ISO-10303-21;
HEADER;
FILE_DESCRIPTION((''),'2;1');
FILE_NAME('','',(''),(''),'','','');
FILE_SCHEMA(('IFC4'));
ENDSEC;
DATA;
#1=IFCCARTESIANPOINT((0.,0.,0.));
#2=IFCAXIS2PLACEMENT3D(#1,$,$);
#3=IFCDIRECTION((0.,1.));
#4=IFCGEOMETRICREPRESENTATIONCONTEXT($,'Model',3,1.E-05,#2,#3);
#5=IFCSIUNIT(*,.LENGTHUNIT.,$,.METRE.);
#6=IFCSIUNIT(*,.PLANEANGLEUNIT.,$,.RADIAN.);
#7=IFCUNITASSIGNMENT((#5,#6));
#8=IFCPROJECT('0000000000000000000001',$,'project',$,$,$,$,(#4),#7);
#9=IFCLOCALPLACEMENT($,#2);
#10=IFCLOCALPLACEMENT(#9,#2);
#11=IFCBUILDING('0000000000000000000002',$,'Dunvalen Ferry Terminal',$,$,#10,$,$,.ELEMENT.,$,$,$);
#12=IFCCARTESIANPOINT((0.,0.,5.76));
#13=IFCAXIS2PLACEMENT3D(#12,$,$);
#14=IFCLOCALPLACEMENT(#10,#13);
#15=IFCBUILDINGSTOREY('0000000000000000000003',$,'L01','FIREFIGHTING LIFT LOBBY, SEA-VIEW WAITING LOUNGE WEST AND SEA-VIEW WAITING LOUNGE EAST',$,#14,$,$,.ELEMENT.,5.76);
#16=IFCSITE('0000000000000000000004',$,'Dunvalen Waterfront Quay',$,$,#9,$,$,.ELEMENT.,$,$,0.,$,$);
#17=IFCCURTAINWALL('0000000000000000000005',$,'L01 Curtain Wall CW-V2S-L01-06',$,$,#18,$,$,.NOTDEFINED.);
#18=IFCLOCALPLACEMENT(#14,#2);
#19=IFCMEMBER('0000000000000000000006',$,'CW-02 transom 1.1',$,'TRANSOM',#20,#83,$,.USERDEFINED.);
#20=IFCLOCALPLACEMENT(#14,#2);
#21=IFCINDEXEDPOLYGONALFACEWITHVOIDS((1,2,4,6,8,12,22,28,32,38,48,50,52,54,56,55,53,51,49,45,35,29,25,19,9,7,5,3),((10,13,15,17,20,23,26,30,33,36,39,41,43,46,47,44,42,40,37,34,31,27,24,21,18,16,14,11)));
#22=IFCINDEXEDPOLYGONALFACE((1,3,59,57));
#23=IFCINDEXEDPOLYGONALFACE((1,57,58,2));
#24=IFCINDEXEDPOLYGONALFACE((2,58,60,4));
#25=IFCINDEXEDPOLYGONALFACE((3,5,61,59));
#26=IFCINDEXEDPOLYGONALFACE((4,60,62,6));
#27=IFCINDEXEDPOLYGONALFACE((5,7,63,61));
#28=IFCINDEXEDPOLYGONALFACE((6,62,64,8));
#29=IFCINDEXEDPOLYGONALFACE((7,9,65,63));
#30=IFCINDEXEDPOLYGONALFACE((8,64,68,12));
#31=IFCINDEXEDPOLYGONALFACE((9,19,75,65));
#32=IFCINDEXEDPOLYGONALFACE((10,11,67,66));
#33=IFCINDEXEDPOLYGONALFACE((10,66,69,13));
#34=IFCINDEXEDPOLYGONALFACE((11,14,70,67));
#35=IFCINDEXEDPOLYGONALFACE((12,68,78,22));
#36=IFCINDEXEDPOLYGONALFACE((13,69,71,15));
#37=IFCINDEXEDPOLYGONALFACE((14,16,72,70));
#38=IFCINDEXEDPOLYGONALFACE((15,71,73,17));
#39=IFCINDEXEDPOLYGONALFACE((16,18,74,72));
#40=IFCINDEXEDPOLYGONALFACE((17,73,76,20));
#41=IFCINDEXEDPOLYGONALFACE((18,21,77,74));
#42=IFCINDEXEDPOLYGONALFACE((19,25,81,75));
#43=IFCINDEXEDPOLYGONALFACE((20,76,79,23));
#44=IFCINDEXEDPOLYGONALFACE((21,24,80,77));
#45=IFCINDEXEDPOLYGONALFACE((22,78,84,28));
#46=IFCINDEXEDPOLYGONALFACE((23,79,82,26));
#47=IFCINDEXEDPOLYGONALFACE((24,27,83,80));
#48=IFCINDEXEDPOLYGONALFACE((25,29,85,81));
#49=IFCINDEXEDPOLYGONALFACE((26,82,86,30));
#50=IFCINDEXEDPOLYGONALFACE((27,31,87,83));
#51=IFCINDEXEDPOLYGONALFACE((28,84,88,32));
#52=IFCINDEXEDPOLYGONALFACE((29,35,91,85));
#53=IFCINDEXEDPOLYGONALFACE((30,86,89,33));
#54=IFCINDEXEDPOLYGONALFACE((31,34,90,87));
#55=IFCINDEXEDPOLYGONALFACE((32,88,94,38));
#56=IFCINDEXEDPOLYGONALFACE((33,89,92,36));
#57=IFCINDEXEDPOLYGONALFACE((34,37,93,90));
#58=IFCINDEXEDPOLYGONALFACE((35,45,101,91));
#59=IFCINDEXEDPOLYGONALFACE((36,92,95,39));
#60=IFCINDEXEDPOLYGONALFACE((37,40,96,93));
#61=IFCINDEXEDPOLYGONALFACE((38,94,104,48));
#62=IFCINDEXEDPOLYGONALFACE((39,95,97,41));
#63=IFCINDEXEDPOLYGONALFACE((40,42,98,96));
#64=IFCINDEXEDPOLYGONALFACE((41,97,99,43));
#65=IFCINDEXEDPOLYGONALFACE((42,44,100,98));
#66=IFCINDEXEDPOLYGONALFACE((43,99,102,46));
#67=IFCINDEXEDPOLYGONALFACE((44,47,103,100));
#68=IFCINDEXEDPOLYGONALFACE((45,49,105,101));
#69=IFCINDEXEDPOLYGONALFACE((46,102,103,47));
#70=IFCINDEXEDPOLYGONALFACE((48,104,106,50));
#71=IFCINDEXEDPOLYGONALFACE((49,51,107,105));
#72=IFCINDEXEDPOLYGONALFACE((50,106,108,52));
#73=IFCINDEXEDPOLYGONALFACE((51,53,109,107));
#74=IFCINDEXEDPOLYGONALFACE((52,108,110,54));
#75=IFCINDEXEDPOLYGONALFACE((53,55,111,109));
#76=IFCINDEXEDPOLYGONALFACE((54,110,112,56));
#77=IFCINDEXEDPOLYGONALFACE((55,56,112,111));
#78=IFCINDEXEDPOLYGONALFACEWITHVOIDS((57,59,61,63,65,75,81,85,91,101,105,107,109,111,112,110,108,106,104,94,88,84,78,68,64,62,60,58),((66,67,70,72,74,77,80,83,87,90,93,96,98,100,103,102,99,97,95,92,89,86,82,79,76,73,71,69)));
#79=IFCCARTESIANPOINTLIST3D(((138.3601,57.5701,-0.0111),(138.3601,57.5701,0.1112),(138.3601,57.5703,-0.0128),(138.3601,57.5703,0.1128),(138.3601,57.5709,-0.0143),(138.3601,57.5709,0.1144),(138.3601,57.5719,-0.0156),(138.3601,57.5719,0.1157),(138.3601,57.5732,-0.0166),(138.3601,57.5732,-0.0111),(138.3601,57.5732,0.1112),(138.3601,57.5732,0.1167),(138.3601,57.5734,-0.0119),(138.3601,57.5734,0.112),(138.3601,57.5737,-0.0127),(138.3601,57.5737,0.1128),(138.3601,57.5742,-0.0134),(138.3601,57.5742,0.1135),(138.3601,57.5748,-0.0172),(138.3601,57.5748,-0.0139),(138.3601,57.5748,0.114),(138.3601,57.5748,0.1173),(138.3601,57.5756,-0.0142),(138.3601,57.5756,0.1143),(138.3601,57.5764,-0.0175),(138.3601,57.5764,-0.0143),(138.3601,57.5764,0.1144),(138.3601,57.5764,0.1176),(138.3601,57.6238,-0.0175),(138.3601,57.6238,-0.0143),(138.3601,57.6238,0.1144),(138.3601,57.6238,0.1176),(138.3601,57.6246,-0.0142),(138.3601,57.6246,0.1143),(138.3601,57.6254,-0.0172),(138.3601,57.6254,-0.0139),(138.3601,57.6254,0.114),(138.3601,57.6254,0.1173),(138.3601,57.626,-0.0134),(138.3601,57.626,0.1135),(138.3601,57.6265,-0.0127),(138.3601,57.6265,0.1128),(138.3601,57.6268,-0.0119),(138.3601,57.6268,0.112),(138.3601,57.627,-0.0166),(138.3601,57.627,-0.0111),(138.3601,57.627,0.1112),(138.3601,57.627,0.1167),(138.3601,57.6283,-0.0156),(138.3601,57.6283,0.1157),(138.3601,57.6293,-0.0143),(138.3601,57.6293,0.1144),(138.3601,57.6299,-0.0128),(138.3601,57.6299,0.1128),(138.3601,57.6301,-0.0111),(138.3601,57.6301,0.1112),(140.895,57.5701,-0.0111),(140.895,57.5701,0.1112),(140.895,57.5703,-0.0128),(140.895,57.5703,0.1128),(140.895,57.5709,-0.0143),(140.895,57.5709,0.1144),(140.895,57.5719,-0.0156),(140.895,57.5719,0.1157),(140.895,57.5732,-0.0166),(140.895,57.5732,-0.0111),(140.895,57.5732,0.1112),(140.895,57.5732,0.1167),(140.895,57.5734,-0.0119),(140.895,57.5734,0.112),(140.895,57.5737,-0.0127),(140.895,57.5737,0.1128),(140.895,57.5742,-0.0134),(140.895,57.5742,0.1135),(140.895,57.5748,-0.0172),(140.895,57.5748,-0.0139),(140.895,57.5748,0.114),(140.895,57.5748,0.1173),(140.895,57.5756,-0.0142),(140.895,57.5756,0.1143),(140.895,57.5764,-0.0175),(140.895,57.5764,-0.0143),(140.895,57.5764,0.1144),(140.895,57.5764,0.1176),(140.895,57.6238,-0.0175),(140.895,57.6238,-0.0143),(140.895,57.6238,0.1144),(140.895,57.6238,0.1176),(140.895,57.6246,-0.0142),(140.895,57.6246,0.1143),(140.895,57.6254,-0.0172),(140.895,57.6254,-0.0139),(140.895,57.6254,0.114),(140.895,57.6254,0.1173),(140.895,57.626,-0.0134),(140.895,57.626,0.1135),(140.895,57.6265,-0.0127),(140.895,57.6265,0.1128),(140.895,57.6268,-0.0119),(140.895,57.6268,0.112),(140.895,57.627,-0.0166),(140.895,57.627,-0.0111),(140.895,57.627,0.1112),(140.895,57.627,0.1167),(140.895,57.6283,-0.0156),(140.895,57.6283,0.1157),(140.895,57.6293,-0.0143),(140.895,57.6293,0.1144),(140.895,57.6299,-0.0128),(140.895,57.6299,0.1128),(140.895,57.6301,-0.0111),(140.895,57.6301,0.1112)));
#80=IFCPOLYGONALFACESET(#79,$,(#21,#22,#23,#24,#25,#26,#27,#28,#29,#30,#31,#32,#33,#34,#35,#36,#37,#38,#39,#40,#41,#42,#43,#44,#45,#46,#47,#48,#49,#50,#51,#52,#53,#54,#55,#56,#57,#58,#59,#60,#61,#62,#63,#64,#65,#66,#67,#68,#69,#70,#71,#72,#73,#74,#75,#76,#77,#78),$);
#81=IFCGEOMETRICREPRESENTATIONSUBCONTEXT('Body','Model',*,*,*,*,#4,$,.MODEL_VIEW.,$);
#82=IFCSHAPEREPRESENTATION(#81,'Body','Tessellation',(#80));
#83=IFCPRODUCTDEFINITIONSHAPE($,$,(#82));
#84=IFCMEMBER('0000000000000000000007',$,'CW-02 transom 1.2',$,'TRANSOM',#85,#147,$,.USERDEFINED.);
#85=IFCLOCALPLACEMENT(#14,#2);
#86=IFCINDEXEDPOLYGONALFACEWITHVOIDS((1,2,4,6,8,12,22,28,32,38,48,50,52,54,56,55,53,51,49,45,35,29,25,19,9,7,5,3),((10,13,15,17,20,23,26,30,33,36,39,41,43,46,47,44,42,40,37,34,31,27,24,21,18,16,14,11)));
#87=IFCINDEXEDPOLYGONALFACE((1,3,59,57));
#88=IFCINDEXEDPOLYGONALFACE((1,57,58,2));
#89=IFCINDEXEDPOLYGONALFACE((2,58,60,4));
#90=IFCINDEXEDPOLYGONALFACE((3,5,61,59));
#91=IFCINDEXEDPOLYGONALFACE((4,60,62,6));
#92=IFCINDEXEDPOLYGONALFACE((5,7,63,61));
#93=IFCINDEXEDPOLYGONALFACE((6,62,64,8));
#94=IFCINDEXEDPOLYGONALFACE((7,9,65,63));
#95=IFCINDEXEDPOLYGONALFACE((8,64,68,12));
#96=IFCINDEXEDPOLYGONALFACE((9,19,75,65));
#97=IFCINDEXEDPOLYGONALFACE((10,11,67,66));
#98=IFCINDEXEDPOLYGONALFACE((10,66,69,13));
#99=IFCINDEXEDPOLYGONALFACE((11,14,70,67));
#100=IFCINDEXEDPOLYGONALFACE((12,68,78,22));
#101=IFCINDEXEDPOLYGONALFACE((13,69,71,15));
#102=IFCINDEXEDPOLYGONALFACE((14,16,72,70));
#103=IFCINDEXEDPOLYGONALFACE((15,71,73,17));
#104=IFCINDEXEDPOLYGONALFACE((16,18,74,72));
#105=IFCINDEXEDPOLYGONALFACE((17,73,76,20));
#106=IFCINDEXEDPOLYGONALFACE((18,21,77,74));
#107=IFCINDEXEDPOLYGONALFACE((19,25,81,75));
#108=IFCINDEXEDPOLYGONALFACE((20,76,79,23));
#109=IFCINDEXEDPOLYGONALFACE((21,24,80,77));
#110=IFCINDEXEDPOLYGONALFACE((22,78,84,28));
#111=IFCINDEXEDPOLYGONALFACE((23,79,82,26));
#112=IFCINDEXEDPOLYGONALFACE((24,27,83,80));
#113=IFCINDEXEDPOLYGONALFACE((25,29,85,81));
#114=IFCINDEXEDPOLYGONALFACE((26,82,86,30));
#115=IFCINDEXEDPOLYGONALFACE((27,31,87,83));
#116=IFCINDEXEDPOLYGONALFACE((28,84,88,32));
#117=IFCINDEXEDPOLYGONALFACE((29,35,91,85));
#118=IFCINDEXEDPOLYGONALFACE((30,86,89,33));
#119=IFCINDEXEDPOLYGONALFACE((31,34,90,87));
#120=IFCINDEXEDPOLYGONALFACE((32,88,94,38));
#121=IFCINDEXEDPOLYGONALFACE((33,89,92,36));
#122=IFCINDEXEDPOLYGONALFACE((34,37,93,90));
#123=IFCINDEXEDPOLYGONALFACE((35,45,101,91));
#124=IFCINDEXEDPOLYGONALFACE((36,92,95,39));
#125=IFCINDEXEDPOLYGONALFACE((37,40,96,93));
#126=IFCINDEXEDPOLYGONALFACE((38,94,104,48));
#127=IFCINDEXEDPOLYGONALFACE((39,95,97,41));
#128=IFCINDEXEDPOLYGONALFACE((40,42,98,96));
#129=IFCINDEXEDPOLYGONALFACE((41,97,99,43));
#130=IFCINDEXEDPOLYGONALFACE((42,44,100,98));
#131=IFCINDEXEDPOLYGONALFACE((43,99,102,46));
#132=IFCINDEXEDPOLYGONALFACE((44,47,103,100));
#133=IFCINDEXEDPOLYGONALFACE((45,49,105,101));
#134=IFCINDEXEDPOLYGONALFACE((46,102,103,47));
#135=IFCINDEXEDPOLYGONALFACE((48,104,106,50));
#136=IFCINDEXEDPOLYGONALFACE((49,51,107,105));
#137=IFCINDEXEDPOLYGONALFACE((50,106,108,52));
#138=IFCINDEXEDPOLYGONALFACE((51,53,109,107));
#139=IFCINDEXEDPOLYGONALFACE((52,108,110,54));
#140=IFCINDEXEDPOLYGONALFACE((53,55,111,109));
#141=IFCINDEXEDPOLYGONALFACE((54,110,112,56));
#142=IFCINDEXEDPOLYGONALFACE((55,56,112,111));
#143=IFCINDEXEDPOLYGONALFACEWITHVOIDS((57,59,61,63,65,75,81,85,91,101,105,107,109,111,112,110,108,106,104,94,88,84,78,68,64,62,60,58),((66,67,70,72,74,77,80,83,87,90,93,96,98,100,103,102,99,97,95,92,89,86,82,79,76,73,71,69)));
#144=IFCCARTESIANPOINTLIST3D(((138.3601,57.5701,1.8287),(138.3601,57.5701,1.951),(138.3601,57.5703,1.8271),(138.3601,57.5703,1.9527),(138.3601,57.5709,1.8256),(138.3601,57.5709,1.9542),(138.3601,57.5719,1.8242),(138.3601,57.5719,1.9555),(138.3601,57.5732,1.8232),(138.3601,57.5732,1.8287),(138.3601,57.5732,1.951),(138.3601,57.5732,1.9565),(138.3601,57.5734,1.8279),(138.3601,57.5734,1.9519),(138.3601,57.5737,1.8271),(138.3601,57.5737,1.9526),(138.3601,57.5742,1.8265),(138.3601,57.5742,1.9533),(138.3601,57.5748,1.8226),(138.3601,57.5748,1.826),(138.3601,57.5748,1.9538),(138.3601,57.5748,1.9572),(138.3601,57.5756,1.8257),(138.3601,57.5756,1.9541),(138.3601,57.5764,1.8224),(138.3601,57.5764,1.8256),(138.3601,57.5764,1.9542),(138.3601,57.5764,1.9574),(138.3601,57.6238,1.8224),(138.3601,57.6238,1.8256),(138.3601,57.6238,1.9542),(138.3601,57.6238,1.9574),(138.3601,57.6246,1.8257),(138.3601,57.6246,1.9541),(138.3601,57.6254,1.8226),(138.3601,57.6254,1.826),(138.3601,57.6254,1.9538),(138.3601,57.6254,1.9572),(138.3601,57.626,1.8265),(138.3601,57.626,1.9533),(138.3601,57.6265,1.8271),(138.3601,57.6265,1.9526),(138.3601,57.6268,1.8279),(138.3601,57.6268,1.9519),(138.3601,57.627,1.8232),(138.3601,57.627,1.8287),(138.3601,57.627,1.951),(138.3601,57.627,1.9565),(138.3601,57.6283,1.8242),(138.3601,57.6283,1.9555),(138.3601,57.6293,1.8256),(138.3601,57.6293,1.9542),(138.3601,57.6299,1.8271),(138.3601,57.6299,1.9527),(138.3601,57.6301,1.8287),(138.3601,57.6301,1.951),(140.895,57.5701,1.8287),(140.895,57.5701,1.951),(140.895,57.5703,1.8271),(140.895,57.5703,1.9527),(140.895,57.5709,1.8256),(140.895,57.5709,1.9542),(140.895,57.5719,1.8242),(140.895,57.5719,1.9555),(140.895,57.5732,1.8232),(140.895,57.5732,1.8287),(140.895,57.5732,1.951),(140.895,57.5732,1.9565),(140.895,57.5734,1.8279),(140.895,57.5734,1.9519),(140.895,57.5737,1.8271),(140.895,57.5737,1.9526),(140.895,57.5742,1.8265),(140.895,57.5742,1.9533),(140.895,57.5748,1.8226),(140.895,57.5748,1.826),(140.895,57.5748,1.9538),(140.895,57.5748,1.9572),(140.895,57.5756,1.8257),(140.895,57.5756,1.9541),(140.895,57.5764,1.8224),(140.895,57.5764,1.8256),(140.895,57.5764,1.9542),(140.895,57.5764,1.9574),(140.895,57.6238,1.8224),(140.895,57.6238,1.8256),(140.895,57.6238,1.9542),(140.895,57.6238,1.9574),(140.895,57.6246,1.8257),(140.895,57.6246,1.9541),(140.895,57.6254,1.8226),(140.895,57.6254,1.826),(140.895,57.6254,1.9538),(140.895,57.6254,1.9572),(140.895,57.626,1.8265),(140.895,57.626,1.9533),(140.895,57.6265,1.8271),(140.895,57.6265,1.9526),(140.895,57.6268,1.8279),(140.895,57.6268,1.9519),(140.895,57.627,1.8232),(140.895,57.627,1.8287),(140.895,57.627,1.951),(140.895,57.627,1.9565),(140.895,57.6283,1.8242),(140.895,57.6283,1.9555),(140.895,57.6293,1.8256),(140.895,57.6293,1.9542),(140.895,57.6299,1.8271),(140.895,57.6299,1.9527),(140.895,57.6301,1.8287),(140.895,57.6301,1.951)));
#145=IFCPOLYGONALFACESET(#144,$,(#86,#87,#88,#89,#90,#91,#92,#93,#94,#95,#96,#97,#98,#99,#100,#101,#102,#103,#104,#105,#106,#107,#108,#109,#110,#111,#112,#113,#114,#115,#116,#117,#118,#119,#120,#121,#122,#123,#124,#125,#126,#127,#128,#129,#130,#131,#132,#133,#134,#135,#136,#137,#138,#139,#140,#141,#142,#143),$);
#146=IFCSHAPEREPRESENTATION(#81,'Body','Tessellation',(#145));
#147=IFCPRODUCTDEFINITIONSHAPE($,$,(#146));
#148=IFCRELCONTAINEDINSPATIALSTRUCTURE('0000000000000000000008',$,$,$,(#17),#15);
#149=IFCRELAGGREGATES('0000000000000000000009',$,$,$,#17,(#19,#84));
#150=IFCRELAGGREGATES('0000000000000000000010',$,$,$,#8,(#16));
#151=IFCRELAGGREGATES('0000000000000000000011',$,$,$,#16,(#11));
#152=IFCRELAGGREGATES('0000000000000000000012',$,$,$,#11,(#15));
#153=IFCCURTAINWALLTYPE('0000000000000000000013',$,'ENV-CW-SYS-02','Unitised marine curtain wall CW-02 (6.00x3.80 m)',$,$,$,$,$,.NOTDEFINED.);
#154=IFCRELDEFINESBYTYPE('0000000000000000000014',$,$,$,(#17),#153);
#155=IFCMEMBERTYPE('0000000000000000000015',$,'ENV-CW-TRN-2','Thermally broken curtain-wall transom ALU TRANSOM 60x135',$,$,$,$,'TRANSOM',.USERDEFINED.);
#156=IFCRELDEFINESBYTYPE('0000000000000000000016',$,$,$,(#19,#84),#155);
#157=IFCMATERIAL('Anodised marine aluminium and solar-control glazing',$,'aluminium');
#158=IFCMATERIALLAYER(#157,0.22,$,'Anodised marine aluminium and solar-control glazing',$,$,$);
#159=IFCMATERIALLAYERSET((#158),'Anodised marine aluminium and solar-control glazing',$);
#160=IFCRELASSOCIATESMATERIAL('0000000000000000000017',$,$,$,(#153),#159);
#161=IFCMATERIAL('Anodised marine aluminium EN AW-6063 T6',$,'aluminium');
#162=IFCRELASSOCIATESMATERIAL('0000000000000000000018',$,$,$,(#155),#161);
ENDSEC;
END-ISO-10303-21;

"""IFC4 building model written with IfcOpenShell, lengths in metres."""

from ifc_helpers import new_model, si_unit, direction, frame, origin, origin_2d, place, context, subcontext, project, spatial, hollow_rectangle, extrude, material, layer, layer_set, material_profile, profile_set, type_object, element, aggregate, save


model = new_model("IFC4")

# Units and contexts
model_context = context("Model", 3, precision=1e-05, world=origin(), true_north=direction((0.0, 1.0)))
body_context = subcontext(model_context, "Body", "Model", "MODEL_VIEW")
ifc_project = project(units=[si_unit("LENGTHUNIT", "METRE"), si_unit("PLANEANGLEUNIT", "RADIAN")], contexts=[model_context])

# Site, building, storey
site_placement = place(None, origin())
site = spatial("IfcSite", under=ifc_project, at=site_placement, Name="Dunvalen Waterfront Quay", CompositionType="ELEMENT", RefElevation=0.0)
building_placement = place(site_placement, origin())
building = spatial("IfcBuilding", under=site, at=building_placement, Name="Dunvalen Ferry Terminal", CompositionType="ELEMENT")
storey_placement = place(building_placement, frame((0.0, 0.0, 5.76)))
storey = spatial("IfcBuildingStorey", under=building, at=storey_placement, Name="L01", Description="FIREFIGHTING LIFT LOBBY, SEA-VIEW WAITING LOUNGE WEST AND SEA-VIEW WAITING LOUNGE EAST", CompositionType="ELEMENT", Elevation=5.76)

# Shared definitions
ifc_material_1 = material(Name="Anodised marine aluminium and solar-control glazing", Category="aluminium")
ifc_layer_1 = layer(ifc_material_1, 0.22, Name="Anodised marine aluminium and solar-control glazing")
ifc_layer_set_1 = layer_set([ifc_layer_1], Name="Anodised marine aluminium and solar-control glazing")
curtain_wall_type = type_object("IfcCurtainWallType", Name="ENV-CW-SYS-02", Description="Unitised marine curtain wall CW-02 (6.00x3.80 m)", PredefinedType="NOTDEFINED", material=ifc_layer_set_1)
ifc_material_2 = material(Name="Anodised marine aluminium EN AW-6063 T6", Category="aluminium")

# Curtain wall
curtain_wall_1_placement = place(storey_placement, origin())
curtain_wall_1 = element("IfcCurtainWall", 1, at=curtain_wall_1_placement, inside=storey, type_object=curtain_wall_type, Name="L01 Curtain Wall CW-V2S-L01-06", PredefinedType="NOTDEFINED")

# Members
ifc_material_profile_1 = material_profile(ifc_material_2, hollow_rectangle(XDim=0.0601, YDim=0.135, WallThickness=0.0032, InnerFilletRadius=0.0032, OuterFilletRadius=0.0063, at=origin_2d()), Name="Anodised marine aluminium EN AW-6063 T6")
ifc_profile_set_1 = profile_set([ifc_material_profile_1], Name="Anodised marine aluminium EN AW-6063 T6")
member_type_1 = type_object("IfcMemberType", Name="ENV-CW-TRN-2", Description="Thermally broken curtain-wall transom ALU TRANSOM 60x135", ElementType="TRANSOM", PredefinedType="USERDEFINED", material=ifc_profile_set_1)
member_1_placement = place(storey_placement, frame((138.3601, 57.6001, 0.05), z_axis=(1.0, 0.0, 0.0), x_axis=(0.0, 1.0, 0.0)))
member_1 = element("IfcMember", 2, at=member_1_placement, type_object=member_type_1, Name="CW-02 transom 1.1", ObjectType="TRANSOM", PredefinedType="USERDEFINED", context=body_context, shape_type="SweptSolid", body=[
    extrude(hollow_rectangle(XDim=0.0601, YDim=0.135, WallThickness=0.0032, InnerFilletRadius=0.0032, OuterFilletRadius=0.0063, at=origin_2d()), origin(), (0.0, 0.0, 1.0), 2.5349),
])
member_2_placement = place(storey_placement, frame((138.3601, 57.6001, 1.8899), z_axis=(1.0, 0.0, 0.0), x_axis=(0.0, 1.0, 0.0)))
member_2 = element("IfcMember", 3, at=member_2_placement, type_object=member_type_1, Name="CW-02 transom 1.2", ObjectType="TRANSOM", PredefinedType="USERDEFINED", context=body_context, shape_type="SweptSolid", body=[
    extrude(hollow_rectangle(XDim=0.0601, YDim=0.135, WallThickness=0.0032, InnerFilletRadius=0.0032, OuterFilletRadius=0.0063, at=origin_2d()), origin(), (0.0, 0.0, 1.0), 2.5349),
])

aggregate(curtain_wall_1, [member_1, member_2])

save(model, "model.ifc")
